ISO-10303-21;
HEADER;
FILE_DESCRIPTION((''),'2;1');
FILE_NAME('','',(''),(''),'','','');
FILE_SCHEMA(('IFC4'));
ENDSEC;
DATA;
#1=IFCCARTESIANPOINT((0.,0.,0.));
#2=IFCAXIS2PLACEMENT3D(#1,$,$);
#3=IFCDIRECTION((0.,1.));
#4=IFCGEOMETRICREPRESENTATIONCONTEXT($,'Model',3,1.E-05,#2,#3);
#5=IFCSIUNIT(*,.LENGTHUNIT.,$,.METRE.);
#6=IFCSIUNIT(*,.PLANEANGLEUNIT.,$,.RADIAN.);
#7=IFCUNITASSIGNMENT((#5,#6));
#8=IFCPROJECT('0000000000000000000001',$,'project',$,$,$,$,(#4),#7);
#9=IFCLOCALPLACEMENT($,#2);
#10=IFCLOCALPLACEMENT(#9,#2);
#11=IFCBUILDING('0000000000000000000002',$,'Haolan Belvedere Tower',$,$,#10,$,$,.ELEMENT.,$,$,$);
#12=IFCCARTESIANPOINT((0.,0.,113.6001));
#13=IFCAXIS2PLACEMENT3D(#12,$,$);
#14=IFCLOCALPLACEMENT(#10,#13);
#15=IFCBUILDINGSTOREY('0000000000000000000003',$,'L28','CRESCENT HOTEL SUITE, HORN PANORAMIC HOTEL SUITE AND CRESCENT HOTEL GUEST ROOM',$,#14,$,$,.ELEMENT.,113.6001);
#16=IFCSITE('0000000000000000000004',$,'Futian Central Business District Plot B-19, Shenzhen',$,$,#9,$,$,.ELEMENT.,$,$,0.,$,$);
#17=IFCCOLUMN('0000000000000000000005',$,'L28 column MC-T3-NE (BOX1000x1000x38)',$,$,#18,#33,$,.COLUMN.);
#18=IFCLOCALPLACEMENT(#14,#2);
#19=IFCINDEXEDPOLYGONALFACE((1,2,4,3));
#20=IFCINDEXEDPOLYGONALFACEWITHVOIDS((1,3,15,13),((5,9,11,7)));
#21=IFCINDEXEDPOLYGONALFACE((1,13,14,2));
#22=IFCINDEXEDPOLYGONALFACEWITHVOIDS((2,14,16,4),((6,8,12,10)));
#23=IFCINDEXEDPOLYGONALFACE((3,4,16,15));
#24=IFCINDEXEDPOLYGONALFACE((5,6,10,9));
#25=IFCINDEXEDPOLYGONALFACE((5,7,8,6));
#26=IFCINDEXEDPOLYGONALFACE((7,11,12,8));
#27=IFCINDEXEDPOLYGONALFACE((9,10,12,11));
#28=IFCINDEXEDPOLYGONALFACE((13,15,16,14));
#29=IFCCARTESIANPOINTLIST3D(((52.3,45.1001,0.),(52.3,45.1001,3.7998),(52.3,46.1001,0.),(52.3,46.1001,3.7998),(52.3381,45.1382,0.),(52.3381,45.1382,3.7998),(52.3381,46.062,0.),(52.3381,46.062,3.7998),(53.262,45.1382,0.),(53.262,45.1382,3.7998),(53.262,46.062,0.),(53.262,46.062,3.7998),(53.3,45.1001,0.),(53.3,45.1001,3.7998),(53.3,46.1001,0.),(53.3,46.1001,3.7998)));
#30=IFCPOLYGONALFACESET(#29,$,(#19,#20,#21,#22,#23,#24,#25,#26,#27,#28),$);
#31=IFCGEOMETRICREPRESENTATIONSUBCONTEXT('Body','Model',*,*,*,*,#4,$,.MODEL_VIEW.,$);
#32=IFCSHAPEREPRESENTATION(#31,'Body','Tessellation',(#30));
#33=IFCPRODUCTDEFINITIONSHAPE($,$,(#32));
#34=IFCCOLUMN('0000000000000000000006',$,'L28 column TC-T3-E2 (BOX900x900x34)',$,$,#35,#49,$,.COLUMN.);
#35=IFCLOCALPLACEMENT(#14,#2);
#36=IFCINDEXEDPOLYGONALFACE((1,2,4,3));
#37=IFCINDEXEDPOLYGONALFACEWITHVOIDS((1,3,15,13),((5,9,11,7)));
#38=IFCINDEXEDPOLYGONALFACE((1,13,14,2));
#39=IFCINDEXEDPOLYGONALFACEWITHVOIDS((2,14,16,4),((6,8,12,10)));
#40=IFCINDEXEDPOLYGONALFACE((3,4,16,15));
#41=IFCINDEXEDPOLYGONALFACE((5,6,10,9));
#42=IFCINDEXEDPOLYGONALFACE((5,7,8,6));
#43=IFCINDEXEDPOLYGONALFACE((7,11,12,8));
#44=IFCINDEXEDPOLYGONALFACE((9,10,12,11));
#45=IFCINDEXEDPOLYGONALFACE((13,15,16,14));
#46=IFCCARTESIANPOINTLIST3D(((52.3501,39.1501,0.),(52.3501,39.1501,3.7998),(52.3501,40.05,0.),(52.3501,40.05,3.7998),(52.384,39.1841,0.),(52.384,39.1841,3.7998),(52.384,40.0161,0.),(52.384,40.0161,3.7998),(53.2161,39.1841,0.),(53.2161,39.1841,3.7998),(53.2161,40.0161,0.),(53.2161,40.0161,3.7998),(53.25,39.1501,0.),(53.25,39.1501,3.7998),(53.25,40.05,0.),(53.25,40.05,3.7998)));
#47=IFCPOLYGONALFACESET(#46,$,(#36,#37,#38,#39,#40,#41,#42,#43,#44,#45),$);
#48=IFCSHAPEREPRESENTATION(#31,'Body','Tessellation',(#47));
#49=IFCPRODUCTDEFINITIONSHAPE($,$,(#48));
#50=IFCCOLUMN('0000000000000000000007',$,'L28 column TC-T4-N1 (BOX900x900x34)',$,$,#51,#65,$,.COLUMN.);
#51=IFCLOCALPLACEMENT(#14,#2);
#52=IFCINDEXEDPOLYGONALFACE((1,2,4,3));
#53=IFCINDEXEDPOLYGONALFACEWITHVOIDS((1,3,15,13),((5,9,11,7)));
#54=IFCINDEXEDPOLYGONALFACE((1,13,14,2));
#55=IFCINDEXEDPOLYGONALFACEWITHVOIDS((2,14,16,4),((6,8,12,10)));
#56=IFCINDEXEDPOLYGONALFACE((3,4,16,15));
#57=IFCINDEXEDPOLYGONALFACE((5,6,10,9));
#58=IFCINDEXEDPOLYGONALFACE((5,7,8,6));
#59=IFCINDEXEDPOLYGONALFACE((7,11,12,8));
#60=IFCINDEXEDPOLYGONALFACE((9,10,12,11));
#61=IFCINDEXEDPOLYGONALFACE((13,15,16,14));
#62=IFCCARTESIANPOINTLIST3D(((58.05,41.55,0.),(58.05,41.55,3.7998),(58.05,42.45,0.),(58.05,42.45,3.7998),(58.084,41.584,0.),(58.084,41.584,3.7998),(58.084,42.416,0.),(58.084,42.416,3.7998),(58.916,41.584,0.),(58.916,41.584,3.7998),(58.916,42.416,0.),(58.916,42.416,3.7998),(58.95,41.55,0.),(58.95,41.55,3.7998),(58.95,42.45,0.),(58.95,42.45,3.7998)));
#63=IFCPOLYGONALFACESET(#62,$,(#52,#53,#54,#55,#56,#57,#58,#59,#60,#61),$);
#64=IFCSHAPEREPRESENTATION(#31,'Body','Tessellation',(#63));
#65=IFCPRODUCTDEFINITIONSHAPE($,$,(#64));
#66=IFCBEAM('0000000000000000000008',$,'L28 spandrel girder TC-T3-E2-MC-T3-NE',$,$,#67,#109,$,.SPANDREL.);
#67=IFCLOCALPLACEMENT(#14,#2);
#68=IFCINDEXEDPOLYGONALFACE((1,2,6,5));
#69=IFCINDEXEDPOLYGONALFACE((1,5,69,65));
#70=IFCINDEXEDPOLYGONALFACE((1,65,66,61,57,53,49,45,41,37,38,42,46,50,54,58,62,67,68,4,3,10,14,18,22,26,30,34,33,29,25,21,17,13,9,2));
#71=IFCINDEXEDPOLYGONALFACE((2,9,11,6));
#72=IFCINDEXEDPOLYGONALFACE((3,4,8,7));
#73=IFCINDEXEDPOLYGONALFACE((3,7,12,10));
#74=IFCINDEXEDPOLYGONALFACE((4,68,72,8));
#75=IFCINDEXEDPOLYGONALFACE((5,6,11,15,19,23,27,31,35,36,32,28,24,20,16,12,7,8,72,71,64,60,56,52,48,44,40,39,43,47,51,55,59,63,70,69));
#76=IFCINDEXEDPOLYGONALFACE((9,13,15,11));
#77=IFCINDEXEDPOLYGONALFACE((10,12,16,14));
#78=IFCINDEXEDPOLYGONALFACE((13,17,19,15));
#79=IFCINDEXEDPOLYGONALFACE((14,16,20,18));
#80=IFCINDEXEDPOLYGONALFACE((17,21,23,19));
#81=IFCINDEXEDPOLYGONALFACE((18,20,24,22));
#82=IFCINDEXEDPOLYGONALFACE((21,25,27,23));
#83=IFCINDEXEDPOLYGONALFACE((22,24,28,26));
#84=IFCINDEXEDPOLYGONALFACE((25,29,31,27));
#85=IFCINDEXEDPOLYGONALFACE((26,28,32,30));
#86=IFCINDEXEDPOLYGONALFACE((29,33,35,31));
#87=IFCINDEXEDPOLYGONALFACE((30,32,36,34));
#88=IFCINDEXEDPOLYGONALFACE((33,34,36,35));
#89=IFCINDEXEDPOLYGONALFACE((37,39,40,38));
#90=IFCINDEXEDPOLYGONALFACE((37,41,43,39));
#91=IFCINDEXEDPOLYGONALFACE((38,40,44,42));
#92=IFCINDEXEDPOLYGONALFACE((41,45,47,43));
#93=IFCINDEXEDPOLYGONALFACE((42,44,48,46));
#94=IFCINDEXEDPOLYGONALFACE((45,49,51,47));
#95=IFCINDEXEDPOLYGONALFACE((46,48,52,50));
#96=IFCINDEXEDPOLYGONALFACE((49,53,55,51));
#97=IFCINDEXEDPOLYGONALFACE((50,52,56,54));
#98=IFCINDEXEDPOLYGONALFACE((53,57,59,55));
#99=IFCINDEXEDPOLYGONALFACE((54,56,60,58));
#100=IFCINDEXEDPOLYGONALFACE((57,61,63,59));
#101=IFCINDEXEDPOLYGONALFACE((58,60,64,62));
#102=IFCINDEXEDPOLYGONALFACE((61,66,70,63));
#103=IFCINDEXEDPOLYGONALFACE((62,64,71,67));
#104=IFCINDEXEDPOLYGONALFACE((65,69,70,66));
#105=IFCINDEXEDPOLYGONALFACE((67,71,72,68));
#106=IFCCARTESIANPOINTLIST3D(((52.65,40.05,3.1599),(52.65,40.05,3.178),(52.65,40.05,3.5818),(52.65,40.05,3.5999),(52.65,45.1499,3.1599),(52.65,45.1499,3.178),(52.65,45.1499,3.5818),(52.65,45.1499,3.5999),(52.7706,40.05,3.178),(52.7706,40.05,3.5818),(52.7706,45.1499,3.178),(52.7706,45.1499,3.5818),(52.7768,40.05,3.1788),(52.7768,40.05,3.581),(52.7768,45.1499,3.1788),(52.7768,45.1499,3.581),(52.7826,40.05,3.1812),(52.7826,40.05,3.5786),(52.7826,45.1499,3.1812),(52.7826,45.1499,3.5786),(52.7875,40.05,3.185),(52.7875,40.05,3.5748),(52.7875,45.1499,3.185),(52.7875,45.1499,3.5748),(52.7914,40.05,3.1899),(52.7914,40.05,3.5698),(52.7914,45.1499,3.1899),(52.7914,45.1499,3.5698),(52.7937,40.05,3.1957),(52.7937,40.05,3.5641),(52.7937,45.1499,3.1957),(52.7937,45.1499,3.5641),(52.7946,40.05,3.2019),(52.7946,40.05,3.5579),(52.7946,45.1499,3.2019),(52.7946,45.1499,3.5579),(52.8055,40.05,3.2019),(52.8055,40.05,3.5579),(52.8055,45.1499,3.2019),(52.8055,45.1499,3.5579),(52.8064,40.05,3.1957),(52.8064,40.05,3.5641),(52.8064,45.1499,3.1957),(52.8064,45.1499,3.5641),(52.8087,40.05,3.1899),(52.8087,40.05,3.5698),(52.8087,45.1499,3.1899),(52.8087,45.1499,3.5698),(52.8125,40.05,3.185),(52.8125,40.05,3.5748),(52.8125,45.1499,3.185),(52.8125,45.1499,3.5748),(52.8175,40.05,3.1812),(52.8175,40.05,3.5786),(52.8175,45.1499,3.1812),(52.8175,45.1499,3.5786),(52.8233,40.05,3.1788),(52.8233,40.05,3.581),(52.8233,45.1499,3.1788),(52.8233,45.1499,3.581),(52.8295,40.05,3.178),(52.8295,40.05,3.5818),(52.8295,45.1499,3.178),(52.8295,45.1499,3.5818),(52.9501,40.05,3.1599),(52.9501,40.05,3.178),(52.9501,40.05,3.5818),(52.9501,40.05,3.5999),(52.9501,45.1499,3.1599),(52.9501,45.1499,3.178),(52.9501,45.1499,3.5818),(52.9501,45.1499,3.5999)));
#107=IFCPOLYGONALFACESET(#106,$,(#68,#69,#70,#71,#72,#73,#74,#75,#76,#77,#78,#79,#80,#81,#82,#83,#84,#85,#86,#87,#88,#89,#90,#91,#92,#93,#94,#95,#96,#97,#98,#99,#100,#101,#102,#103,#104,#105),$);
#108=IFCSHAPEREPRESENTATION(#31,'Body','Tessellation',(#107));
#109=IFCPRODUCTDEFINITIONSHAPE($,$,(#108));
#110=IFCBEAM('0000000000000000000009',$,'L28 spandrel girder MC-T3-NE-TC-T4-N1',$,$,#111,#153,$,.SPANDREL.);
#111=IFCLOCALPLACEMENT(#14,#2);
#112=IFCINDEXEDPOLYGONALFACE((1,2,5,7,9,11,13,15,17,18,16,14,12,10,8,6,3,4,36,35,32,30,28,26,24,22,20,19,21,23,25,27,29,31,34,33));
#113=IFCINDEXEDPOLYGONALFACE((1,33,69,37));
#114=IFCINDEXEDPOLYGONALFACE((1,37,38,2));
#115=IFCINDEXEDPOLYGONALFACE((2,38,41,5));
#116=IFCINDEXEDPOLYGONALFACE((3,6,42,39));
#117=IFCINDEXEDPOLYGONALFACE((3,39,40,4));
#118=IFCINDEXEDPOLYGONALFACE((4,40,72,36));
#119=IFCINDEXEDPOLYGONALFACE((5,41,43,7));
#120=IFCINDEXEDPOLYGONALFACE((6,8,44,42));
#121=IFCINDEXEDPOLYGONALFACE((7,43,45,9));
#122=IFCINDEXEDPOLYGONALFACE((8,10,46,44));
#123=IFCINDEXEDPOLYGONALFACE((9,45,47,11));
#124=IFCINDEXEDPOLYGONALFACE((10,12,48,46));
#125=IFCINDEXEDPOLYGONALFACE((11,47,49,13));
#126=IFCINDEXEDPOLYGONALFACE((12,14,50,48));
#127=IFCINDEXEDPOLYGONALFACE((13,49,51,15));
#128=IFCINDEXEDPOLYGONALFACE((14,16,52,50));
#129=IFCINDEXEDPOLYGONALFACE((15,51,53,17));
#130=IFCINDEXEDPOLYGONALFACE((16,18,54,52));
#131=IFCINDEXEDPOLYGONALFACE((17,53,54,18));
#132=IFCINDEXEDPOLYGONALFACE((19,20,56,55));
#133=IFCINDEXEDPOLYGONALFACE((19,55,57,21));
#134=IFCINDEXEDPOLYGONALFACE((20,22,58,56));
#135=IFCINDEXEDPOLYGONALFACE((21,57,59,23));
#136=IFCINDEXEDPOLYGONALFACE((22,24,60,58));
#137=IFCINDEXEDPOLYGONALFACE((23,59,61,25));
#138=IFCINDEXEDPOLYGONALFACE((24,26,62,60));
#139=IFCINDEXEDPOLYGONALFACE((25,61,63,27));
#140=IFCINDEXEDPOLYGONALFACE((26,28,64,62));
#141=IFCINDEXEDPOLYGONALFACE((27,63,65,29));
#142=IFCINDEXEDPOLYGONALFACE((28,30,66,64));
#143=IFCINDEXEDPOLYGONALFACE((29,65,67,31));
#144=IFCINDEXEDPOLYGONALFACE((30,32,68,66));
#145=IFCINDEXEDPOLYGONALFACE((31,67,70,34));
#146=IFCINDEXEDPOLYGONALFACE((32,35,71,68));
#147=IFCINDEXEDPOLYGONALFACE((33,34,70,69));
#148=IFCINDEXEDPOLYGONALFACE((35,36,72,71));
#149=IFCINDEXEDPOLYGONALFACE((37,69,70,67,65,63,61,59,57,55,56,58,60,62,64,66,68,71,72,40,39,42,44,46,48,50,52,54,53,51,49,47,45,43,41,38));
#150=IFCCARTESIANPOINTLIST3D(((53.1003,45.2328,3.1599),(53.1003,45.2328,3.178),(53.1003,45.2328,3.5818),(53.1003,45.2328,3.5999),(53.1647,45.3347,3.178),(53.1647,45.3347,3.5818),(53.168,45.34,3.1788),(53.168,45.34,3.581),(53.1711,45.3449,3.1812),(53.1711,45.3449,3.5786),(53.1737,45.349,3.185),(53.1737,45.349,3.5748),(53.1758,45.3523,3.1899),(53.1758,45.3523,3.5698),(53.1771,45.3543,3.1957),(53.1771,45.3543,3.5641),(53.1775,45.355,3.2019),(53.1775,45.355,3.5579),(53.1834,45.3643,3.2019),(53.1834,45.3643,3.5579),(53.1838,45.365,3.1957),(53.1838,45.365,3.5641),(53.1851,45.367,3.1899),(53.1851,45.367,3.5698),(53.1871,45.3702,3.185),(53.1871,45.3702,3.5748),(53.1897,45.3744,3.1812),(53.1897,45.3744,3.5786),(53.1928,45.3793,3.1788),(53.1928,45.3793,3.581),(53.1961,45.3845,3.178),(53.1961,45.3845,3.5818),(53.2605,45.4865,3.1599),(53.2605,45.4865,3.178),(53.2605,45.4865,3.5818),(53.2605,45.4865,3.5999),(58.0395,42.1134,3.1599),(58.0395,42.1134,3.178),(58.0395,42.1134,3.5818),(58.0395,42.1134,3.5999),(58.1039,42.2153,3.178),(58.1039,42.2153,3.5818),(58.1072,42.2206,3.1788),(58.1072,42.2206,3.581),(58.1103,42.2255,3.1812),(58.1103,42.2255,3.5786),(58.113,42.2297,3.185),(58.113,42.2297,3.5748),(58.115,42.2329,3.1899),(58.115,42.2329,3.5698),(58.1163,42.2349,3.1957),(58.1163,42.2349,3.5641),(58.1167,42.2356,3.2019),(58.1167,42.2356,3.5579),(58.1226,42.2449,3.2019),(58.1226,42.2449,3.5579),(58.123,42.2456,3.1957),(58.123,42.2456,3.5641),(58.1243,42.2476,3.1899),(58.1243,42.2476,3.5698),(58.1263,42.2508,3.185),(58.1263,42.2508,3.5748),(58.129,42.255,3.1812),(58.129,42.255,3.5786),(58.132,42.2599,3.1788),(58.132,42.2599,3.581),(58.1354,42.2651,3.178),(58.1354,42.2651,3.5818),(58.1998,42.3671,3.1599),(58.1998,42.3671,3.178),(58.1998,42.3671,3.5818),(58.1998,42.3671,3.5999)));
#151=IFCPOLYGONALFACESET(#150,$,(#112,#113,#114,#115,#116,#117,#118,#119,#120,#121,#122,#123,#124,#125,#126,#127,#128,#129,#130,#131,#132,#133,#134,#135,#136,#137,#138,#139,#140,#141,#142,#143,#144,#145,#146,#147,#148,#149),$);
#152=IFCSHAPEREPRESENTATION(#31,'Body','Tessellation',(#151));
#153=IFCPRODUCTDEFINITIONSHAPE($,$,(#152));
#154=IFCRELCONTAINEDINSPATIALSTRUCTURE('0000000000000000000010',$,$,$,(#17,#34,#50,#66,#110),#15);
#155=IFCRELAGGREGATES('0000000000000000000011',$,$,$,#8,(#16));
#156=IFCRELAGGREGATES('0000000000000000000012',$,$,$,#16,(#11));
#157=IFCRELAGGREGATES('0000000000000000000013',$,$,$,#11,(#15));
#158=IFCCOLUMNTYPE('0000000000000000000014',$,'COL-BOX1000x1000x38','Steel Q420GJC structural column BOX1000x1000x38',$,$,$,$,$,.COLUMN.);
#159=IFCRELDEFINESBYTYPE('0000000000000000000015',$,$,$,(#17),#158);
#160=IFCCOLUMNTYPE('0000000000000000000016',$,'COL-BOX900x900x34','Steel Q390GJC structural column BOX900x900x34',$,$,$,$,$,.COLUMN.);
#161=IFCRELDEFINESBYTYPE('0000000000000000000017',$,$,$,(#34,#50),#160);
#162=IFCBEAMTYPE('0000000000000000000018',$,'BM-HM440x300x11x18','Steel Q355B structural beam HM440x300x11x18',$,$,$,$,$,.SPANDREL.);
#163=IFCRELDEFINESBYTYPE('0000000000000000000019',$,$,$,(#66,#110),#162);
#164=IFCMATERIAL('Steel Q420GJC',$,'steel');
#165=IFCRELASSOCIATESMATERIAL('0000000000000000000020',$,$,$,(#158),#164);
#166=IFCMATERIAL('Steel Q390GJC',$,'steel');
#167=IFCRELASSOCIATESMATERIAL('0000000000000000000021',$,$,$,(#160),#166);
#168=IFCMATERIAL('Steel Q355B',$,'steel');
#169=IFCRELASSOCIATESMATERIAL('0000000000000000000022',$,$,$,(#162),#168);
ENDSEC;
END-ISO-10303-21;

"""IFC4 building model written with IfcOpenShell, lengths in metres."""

from ifc_helpers import new_model, si_unit, direction, frame, origin, origin_2d, place, context, subcontext, project, spatial, hollow_rectangle, i_section, extrude, material, material_profile, profile_set, type_object, element, save


model = new_model("IFC4")

# Units and contexts
model_context = context("Model", 3, precision=1e-05, world=origin(), true_north=direction((0.0, 1.0)))
body_context = subcontext(model_context, "Body", "Model", "MODEL_VIEW")
ifc_project = project(units=[si_unit("LENGTHUNIT", "METRE"), si_unit("PLANEANGLEUNIT", "RADIAN")], contexts=[model_context])

# Site, building, storey
site_placement = place(None, origin())
site = spatial("IfcSite", under=ifc_project, at=site_placement, Name="Futian Central Business District Plot B-19, Shenzhen", CompositionType="ELEMENT", RefElevation=0.0)
building_placement = place(site_placement, origin())
building = spatial("IfcBuilding", under=site, at=building_placement, Name="Haolan Belvedere Tower", CompositionType="ELEMENT")
storey_placement = place(building_placement, frame((0.0, 0.0, 113.6001)))
storey = spatial("IfcBuildingStorey", under=building, at=storey_placement, Name="L28", Description="CRESCENT HOTEL SUITE, HORN PANORAMIC HOTEL SUITE AND CRESCENT HOTEL GUEST ROOM", CompositionType="ELEMENT", Elevation=113.6001)

# Columns
ifc_material_1 = material(Name="Steel Q420GJC", Category="steel")
ifc_material_profile_1 = material_profile(ifc_material_1, hollow_rectangle(XDim=1.0, YDim=1.0, WallThickness=0.0381, at=origin_2d()), Name="Steel Q420GJC")
ifc_profile_set_1 = profile_set([ifc_material_profile_1], Name="Steel Q420GJC")
column_type_1 = type_object("IfcColumnType", Name="COL-BOX1000x1000x38", Description="Steel Q420GJC structural column BOX1000x1000x38", PredefinedType="COLUMN", material=ifc_profile_set_1)
column_placement = place(storey_placement, frame((52.8, 45.6001, 0.0), z_axis=(0.0, 0.0, 1.0), x_axis=(1.0, 0.0, 0.0)))
element("IfcColumn", 1, at=column_placement, inside=storey, type_object=column_type_1, Name="L28 column MC-T3-NE (BOX1000x1000x38)", PredefinedType="COLUMN", context=body_context, shape_type="SweptSolid", body=[
    extrude(hollow_rectangle(XDim=1.0, YDim=1.0, WallThickness=0.0381, at=origin_2d()), origin(), (0.0, 0.0, 1.0), 3.7998),
])
ifc_material_2 = material(Name="Steel Q390GJC", Category="steel")
ifc_material_profile_2 = material_profile(ifc_material_2, hollow_rectangle(XDim=0.8999, YDim=0.8999, WallThickness=0.0339, at=origin_2d()), Name="Steel Q390GJC")
ifc_profile_set_2 = profile_set([ifc_material_profile_2], Name="Steel Q390GJC")
column_type_2 = type_object("IfcColumnType", Name="COL-BOX900x900x34", Description="Steel Q390GJC structural column BOX900x900x34", PredefinedType="COLUMN", material=ifc_profile_set_2)
for number, where, z_axis, x_axis, name in (
    (2, (52.8, 39.6001, 0.0), (0.0, 0.0, 1.0), (1.0, 0.0, 0.0), "L28 column TC-T3-E2 (BOX900x900x34)"),
    (3, (58.5, 42.0, 0.0), (0.0, 0.0, 1.0), (1.0, 0.0, 0.0), "L28 column TC-T4-N1 (BOX900x900x34)"),
):
    element("IfcColumn", number, at=place(storey_placement, frame(where, z_axis=z_axis, x_axis=x_axis)), inside=storey, type_object=column_type_2, Name=name, PredefinedType="COLUMN", context=body_context, shape_type="SweptSolid", body=[
        extrude(hollow_rectangle(XDim=0.8999, YDim=0.8999, WallThickness=0.0339, at=origin_2d()), origin(), (0.0, 0.0, 1.0), 3.7998),
    ])

# Beams
ifc_material_3 = material(Name="Steel Q355B", Category="steel")
ifc_material_profile_3 = material_profile(ifc_material_3, i_section(OverallWidth=0.3, OverallDepth=0.4399, WebThickness=0.011, FlangeThickness=0.0181, FilletRadius=0.0239, at=origin_2d()), Name="Steel Q355B")
ifc_profile_set_3 = profile_set([ifc_material_profile_3], Name="Steel Q355B")
beam_type_1 = type_object("IfcBeamType", Name="BM-HM440x300x11x18", Description="Steel Q355B structural beam HM440x300x11x18", PredefinedType="SPANDREL", material=ifc_profile_set_3)
beam_1_placement = place(storey_placement, frame((52.8, 40.05, 3.3799), z_axis=(0.0, 1.0, 0.0), x_axis=(-1.0, 0.0, 0.0)))
element("IfcBeam", 4, at=beam_1_placement, inside=storey, type_object=beam_type_1, Name="L28 spandrel girder TC-T3-E2-MC-T3-NE", PredefinedType="SPANDREL", context=body_context, shape_type="SweptSolid", body=[
    extrude(i_section(OverallWidth=0.3, OverallDepth=0.4399, WebThickness=0.011, FlangeThickness=0.0181, FilletRadius=0.0239, at=origin_2d()), origin(), (0.0, 0.0, 1.0), 5.0999),
])
beam_2_placement = place(storey_placement, frame((53.1804, 45.3596, 3.3799), z_axis=(0.845498, -0.533979, 0.0), x_axis=(0.533979, 0.845498, 0.0)))
element("IfcBeam", 5, at=beam_2_placement, inside=storey, type_object=beam_type_1, Name="L28 spandrel girder MC-T3-NE-TC-T4-N1", PredefinedType="SPANDREL", context=body_context, shape_type="SweptSolid", body=[
    extrude(i_section(OverallWidth=0.3, OverallDepth=0.4399, WebThickness=0.011, FlangeThickness=0.0181, FilletRadius=0.0239, at=origin_2d()), origin(), (0.0, 0.0, 1.0), 5.8418),
])

save(model, "model.ifc")
